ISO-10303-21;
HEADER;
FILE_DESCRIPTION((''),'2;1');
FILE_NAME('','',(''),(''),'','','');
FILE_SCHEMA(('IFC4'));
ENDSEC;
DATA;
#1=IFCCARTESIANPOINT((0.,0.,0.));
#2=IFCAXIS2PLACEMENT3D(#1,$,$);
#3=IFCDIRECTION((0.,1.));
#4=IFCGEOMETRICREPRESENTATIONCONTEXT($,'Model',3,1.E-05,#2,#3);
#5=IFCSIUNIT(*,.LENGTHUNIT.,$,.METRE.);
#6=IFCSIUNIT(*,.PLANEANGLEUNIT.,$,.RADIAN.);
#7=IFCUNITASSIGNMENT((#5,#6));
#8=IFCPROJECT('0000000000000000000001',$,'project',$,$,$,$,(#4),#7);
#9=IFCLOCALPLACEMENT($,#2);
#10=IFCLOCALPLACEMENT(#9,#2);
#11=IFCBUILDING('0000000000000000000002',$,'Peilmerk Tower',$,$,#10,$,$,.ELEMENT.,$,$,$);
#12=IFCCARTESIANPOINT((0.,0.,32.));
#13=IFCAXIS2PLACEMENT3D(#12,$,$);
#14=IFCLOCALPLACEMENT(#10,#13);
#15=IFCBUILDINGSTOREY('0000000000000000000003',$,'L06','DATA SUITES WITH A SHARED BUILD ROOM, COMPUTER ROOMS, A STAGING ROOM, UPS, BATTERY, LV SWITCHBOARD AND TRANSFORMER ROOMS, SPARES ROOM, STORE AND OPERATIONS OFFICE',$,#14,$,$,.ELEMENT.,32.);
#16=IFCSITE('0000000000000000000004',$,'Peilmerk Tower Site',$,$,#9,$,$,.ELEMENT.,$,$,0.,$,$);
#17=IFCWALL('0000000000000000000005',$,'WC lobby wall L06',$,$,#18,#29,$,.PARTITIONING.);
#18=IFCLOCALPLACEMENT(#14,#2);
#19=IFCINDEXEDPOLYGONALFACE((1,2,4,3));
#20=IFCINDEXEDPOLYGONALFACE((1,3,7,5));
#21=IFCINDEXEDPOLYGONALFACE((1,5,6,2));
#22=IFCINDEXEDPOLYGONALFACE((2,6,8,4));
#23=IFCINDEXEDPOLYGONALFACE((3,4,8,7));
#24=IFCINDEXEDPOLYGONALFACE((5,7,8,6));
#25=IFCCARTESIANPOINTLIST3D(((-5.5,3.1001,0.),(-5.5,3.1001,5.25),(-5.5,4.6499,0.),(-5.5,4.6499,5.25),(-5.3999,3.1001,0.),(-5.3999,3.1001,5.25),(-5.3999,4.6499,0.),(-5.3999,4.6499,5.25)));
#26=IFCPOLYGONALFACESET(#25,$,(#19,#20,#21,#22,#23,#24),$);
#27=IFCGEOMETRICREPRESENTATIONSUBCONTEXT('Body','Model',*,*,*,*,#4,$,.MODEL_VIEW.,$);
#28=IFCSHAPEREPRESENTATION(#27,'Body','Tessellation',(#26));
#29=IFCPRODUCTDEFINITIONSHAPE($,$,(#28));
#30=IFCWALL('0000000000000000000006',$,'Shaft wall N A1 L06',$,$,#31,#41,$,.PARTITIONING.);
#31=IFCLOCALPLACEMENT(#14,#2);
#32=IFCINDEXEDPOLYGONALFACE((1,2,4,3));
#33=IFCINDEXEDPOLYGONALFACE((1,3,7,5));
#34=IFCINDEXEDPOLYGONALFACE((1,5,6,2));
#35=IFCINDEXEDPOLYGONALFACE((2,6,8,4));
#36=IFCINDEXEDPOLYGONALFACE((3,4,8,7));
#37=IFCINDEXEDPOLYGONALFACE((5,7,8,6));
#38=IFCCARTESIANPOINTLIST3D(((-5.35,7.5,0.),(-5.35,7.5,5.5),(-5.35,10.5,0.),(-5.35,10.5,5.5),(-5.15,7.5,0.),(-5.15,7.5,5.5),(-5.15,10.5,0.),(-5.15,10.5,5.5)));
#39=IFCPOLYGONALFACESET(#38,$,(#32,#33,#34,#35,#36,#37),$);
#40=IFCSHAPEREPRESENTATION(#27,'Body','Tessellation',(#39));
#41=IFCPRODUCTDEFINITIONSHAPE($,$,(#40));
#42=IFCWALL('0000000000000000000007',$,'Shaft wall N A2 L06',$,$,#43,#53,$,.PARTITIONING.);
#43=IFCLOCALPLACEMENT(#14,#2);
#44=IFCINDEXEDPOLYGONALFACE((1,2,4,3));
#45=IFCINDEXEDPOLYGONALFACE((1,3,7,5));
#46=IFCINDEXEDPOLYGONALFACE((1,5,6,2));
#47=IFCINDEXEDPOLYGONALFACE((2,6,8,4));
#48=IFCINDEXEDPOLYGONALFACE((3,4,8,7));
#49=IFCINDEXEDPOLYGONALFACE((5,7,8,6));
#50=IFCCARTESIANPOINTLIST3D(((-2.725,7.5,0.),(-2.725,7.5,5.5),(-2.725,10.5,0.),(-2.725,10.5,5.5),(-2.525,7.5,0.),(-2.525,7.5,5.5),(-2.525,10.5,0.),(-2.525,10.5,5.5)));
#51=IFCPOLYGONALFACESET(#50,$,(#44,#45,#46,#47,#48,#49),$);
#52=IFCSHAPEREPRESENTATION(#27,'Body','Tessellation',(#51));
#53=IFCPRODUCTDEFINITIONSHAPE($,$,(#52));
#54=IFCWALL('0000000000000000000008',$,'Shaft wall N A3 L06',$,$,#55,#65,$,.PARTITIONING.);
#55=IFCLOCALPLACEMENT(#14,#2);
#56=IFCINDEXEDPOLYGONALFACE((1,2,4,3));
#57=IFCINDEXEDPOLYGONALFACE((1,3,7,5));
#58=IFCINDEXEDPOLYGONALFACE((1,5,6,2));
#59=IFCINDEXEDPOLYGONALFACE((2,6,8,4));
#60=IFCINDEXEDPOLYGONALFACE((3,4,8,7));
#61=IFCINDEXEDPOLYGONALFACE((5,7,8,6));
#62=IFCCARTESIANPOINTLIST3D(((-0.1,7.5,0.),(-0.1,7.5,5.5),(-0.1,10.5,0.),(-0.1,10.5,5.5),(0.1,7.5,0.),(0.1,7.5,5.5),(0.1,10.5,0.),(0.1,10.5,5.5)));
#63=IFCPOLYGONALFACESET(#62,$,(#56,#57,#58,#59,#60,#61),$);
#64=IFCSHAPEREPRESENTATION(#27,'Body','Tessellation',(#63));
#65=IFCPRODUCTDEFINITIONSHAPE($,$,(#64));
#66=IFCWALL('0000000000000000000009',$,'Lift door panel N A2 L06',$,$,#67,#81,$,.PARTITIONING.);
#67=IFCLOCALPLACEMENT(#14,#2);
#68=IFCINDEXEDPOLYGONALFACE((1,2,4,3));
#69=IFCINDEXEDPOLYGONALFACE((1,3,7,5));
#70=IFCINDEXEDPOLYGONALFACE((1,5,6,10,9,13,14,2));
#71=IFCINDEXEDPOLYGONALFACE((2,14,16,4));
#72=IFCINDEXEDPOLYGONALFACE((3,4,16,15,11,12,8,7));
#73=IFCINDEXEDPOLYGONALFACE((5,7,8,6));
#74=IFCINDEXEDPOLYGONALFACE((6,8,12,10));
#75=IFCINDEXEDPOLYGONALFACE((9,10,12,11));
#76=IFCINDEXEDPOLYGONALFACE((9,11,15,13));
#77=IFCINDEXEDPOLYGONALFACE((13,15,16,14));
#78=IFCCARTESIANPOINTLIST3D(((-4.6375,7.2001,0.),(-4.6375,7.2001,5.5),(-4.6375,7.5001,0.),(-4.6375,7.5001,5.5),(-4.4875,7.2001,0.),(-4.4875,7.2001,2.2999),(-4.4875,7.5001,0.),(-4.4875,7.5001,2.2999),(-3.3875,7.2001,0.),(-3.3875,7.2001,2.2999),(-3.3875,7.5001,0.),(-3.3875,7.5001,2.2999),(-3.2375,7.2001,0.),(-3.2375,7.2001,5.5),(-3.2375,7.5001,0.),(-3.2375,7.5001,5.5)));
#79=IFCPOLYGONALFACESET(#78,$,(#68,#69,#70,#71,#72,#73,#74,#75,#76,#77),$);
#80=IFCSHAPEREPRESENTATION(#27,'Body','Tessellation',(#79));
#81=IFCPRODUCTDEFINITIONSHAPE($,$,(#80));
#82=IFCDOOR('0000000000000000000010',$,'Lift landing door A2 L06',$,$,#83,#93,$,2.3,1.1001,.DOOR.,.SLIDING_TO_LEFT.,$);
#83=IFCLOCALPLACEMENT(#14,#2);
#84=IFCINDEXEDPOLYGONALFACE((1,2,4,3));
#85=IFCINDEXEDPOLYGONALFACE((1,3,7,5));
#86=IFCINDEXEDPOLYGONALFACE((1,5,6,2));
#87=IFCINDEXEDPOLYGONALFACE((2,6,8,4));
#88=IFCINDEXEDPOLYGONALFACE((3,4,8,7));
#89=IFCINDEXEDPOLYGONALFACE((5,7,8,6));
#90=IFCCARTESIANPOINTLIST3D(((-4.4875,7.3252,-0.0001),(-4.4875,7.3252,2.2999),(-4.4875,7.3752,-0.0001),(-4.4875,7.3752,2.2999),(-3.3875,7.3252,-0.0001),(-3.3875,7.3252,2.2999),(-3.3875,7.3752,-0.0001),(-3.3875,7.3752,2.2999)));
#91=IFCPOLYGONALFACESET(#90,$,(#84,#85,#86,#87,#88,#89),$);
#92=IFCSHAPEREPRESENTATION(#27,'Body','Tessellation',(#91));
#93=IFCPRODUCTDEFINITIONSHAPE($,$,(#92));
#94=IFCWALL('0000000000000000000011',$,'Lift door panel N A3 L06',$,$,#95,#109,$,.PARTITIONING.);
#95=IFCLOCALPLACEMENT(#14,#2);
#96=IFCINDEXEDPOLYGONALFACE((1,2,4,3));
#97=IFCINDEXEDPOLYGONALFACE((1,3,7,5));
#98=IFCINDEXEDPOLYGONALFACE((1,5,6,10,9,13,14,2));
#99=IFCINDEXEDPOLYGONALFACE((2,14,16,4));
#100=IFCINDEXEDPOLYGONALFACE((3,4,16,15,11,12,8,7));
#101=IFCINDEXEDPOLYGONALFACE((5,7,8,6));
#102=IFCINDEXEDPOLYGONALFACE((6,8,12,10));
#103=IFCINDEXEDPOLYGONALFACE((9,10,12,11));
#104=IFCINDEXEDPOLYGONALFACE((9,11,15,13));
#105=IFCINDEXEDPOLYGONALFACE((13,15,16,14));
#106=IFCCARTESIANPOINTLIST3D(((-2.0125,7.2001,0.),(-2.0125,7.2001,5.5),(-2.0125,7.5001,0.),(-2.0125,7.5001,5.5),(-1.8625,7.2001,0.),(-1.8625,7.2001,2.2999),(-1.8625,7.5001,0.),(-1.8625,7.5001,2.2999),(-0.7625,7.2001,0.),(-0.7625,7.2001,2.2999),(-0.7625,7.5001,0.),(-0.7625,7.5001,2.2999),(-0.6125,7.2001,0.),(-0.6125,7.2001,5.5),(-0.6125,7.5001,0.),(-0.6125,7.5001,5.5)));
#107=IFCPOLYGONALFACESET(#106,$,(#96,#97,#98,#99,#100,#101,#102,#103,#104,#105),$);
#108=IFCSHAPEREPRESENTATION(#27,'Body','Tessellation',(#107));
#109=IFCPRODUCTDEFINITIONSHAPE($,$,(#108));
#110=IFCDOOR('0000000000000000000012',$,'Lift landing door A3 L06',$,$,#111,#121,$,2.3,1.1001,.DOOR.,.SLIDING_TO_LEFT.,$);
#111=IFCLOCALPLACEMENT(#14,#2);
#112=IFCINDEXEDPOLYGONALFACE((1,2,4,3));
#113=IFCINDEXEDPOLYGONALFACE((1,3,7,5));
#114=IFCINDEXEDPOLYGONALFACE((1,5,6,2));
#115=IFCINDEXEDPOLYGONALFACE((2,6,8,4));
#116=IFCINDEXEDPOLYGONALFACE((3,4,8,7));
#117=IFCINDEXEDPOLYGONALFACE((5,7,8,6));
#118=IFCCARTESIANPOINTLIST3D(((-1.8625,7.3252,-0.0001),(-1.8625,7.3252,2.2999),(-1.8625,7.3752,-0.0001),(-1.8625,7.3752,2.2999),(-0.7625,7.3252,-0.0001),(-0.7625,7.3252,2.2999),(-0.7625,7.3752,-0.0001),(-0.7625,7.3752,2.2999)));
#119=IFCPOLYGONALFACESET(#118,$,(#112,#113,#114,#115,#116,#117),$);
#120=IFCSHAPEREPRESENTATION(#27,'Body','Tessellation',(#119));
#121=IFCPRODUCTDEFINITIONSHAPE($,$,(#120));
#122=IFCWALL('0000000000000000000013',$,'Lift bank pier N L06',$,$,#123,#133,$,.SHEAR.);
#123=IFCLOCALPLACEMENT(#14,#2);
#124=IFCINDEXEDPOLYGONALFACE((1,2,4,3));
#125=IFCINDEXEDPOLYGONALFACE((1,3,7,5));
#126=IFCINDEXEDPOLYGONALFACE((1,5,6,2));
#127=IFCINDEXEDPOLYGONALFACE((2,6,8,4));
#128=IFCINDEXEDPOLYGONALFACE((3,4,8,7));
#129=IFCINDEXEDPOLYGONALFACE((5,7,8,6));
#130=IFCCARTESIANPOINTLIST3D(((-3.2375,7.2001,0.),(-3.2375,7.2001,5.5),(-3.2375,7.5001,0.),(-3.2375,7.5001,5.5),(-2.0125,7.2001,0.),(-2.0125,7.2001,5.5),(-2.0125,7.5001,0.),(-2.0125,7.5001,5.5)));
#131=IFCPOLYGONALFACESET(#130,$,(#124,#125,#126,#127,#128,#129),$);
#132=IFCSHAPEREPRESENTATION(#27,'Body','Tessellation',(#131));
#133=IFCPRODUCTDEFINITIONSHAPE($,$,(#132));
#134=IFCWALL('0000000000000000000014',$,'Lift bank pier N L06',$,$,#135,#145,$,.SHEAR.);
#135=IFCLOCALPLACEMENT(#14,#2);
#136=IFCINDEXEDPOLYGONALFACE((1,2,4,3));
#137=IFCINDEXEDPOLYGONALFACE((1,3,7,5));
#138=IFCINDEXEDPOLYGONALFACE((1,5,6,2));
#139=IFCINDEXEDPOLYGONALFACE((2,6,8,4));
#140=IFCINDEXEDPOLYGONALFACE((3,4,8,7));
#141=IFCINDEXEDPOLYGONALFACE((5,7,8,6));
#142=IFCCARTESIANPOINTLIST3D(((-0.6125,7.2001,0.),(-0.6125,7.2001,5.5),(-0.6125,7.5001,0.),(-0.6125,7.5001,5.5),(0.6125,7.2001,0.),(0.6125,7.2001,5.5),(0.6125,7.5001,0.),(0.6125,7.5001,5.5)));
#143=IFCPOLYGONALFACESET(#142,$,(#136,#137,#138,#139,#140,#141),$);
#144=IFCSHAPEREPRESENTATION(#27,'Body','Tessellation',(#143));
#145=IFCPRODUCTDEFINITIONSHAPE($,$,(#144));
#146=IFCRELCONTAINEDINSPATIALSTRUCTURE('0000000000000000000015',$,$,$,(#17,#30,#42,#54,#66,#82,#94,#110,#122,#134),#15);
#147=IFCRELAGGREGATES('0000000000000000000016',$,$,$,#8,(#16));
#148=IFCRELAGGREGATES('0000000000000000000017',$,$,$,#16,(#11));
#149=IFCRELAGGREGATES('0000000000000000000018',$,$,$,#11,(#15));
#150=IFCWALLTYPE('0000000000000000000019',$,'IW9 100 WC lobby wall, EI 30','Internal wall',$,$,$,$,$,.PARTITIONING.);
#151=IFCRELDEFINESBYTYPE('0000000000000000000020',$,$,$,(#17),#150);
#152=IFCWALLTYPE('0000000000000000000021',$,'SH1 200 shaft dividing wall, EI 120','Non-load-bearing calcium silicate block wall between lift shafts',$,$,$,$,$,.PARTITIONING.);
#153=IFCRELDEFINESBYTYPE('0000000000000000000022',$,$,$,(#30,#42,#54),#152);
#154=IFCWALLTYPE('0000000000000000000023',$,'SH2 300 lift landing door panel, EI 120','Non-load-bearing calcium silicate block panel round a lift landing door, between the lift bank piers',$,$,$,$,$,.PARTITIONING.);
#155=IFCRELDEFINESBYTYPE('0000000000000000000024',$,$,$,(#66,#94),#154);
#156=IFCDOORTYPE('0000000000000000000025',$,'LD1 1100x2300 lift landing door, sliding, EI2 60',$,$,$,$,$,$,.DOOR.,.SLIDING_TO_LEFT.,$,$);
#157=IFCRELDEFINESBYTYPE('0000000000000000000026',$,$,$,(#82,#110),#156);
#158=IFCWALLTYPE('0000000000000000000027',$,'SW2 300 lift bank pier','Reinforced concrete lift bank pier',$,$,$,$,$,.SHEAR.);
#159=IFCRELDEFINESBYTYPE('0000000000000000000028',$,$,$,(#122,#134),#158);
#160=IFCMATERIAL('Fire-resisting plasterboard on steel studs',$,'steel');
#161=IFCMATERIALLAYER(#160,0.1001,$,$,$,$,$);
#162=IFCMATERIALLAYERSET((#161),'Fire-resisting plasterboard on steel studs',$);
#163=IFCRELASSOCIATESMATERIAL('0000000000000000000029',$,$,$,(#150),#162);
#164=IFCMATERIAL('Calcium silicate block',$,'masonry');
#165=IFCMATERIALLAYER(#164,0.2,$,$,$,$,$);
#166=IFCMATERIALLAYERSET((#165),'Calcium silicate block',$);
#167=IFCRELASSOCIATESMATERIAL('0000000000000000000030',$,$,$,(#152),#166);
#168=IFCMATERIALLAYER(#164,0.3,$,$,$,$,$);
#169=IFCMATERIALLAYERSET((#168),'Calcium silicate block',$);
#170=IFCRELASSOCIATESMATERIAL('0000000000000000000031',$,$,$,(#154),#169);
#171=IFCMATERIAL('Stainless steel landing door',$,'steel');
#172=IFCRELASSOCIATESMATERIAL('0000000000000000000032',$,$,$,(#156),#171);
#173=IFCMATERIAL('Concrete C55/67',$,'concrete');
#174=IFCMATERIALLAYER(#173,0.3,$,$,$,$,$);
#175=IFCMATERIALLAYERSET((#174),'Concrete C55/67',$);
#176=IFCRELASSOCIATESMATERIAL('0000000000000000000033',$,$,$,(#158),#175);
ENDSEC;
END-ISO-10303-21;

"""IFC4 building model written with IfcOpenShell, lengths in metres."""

from ifc_helpers import new_model, si_unit, direction, frame, frame_2d, origin, place, context, subcontext, project, spatial, rectangle, extrude, material, layer, layer_set, type_object, element, fill, save


model = new_model("IFC4")

# Units and contexts
model_context = context("Model", 3, precision=1e-05, world=origin(), true_north=direction((0.0, 1.0)))
body_context = subcontext(model_context, "Body", "Model", "MODEL_VIEW")
ifc_project = project(units=[si_unit("LENGTHUNIT", "METRE"), si_unit("PLANEANGLEUNIT", "RADIAN")], contexts=[model_context])

# Site, building, storey
site_placement = place(None, origin())
site = spatial("IfcSite", under=ifc_project, at=site_placement, Name="Peilmerk Tower Site", CompositionType="ELEMENT", RefElevation=0.0)
building_placement = place(site_placement, origin())
building = spatial("IfcBuilding", under=site, at=building_placement, Name="Peilmerk Tower", CompositionType="ELEMENT")
storey_placement = place(building_placement, frame((0.0, 0.0, 32.0)))
storey = spatial("IfcBuildingStorey", under=building, at=storey_placement, Name="L06", Description="DATA SUITES WITH A SHARED BUILD ROOM, COMPUTER ROOMS, A STAGING ROOM, UPS, BATTERY, LV SWITCHBOARD AND TRANSFORMER ROOMS, SPARES ROOM, STORE AND OPERATIONS OFFICE", CompositionType="ELEMENT", Elevation=32.0)

# Shared definitions
ifc_material_1 = material(Name="Concrete C55/67", Category="concrete")

# Shared definitions
ifc_material_2 = material(Name="Fire-resisting plasterboard on steel studs", Category="steel")
ifc_layer_1 = layer(ifc_material_2, 0.1001)
ifc_layer_set_1 = layer_set([ifc_layer_1], Name="Fire-resisting plasterboard on steel studs")
wall_type_1 = type_object("IfcWallType", Name="IW9 100 WC lobby wall, EI 30", Description="Internal wall", PredefinedType="PARTITIONING", material=ifc_layer_set_1)

# Walls
wall_1_placement = place(storey_placement, frame((-5.45, 3.1001, 0.0), z_axis=(0.0, 0.0, 1.0), x_axis=(0.0, 1.0, 0.0)))
element("IfcWall", 1, at=wall_1_placement, inside=storey, type_object=wall_type_1, Name="WC lobby wall L06", PredefinedType="PARTITIONING", context=body_context, shape_type="SweptSolid", body=[
    extrude(rectangle(XDim=1.5498, YDim=0.1001, at=frame_2d((0.7749, 0.0))), origin(), (0.0, 0.0, 1.0), 5.25),
])
ifc_material_3 = material(Name="Calcium silicate block", Category="masonry")
ifc_layer_2 = layer(ifc_material_3, 0.2)
ifc_layer_set_2 = layer_set([ifc_layer_2], Name="Calcium silicate block")
wall_type_2 = type_object("IfcWallType", Name="SH1 200 shaft dividing wall, EI 120", Description="Non-load-bearing calcium silicate block wall between lift shafts", PredefinedType="PARTITIONING", material=ifc_layer_set_2)
for number, where, z_axis, x_axis, name in (
    (2, (-5.25, 7.5, 0.0), (0.0, 0.0, 1.0), (0.0, 1.0, 0.0), "Shaft wall N A1 L06"),
    (3, (-2.625, 7.5, 0.0), (0.0, 0.0, 1.0), (0.0, 1.0, 0.0), "Shaft wall N A2 L06"),
    (4, (0.0, 7.5, 0.0), (0.0, 0.0, 1.0), (0.0, 1.0, 0.0), "Shaft wall N A3 L06"),
):
    element("IfcWall", number, at=place(storey_placement, frame(where, z_axis=z_axis, x_axis=x_axis)), inside=storey, type_object=wall_type_2, Name=name, PredefinedType="PARTITIONING", context=body_context, shape_type="SweptSolid", body=[
        extrude(rectangle(XDim=3.0, YDim=0.2, at=frame_2d((1.5, 0.0))), origin(), (0.0, 0.0, 1.0), 5.5),
    ])

# Walls, openings, doors
ifc_layer_3 = layer(ifc_material_3, 0.3)
ifc_layer_set_3 = layer_set([ifc_layer_3], Name="Calcium silicate block")
wall_type_3 = type_object("IfcWallType", Name="SH2 300 lift landing door panel, EI 120", Description="Non-load-bearing calcium silicate block panel round a lift landing door, between the lift bank piers", PredefinedType="PARTITIONING", material=ifc_layer_set_3)
wall_2_placement = place(storey_placement, frame((-4.6375, 7.3501, 0.0), z_axis=(0.0, 0.0, 1.0), x_axis=(1.0, 0.0, 0.0)))
wall_2 = element("IfcWall", 5, at=wall_2_placement, inside=storey, type_object=wall_type_3, Name="Lift door panel N A2 L06", PredefinedType="PARTITIONING", context=body_context, shape_type="SweptSolid", body=[
    extrude(rectangle(XDim=1.3999, YDim=0.3, at=frame_2d((0.7, 0.0))), origin(), (0.0, 0.0, 1.0), 5.5),
])
opening_1_placement = place(wall_2_placement, frame((0.1499, 0.0, 0.0)))
opening_1 = element("IfcOpeningElement", 6, at=opening_1_placement, cuts=wall_2, PredefinedType="OPENING", context=body_context, shape_type="SweptSolid", body=[
    extrude(rectangle(XDim=1.1001, YDim=2.3, at=frame_2d((0.55, 1.1499))), frame((0.0, 0.1599, 0.0), z_axis=(0.0, -1.0, 0.0), x_axis=(1.0, 0.0, 0.0)), (0.0, 0.0, 1.0), 0.3201),
])
ifc_material_4 = material(Name="Stainless steel landing door", Category="steel")
door_type_1 = type_object("IfcDoorType", Name="LD1 1100x2300 lift landing door, sliding, EI2 60", OperationType="SLIDING_TO_LEFT", PredefinedType="DOOR", material=ifc_material_4)
door_1_placement = place(opening_1_placement, frame((1.1001, 0.0, 0.0), z_axis=(0.0, 0.0, 1.0), x_axis=(-1.0, 0.0, 0.0)))
door_1 = element("IfcDoor", 7, at=door_1_placement, inside=storey, type_object=door_type_1, Name="Lift landing door A2 L06", OperationType="SLIDING_TO_LEFT", OverallHeight=2.3, OverallWidth=1.1001, PredefinedType="DOOR", context=body_context, shape_type="SweptSolid", body=[
    extrude(rectangle(XDim=1.1001, YDim=2.3, at=frame_2d((0.55, 1.1499))), frame((0.0, 0.0249, 0.0), z_axis=(0.0, -1.0, 0.0), x_axis=(1.0, 0.0, 0.0)), (0.0, 0.0, 1.0), 0.05),
])
fill(opening_1, door_1)
wall_3_placement = place(storey_placement, frame((-2.0125, 7.3501, 0.0), z_axis=(0.0, 0.0, 1.0), x_axis=(1.0, 0.0, 0.0)))
wall_3 = element("IfcWall", 8, at=wall_3_placement, inside=storey, type_object=wall_type_3, Name="Lift door panel N A3 L06", PredefinedType="PARTITIONING", context=body_context, shape_type="SweptSolid", body=[
    extrude(rectangle(XDim=1.3999, YDim=0.3, at=frame_2d((0.7, 0.0))), origin(), (0.0, 0.0, 1.0), 5.5),
])
opening_2_placement = place(wall_3_placement, frame((0.1499, 0.0, 0.0)))
opening_2 = element("IfcOpeningElement", 9, at=opening_2_placement, cuts=wall_3, PredefinedType="OPENING", context=body_context, shape_type="SweptSolid", body=[
    extrude(rectangle(XDim=1.1001, YDim=2.3, at=frame_2d((0.55, 1.1499))), frame((0.0, 0.1599, 0.0), z_axis=(0.0, -1.0, 0.0), x_axis=(1.0, 0.0, 0.0)), (0.0, 0.0, 1.0), 0.3201),
])
door_2_placement = place(opening_2_placement, frame((1.1001, 0.0, 0.0), z_axis=(0.0, 0.0, 1.0), x_axis=(-1.0, 0.0, 0.0)))
door_2 = element("IfcDoor", 10, at=door_2_placement, inside=storey, type_object=door_type_1, Name="Lift landing door A3 L06", OperationType="SLIDING_TO_LEFT", OverallHeight=2.3, OverallWidth=1.1001, PredefinedType="DOOR", context=body_context, shape_type="SweptSolid", body=[
    extrude(rectangle(XDim=1.1001, YDim=2.3, at=frame_2d((0.55, 1.1499))), frame((0.0, 0.0249, 0.0), z_axis=(0.0, -1.0, 0.0), x_axis=(1.0, 0.0, 0.0)), (0.0, 0.0, 1.0), 0.05),
])
fill(opening_2, door_2)

# Walls
ifc_layer_4 = layer(ifc_material_1, 0.3)
ifc_layer_set_4 = layer_set([ifc_layer_4], Name="Concrete C55/67")
wall_type_4 = type_object("IfcWallType", Name="SW2 300 lift bank pier", Description="Reinforced concrete lift bank pier", PredefinedType="SHEAR", material=ifc_layer_set_4)
for number, where, z_axis, x_axis, name in (
    (11, (-3.2375, 7.3501, 0.0), (0.0, 0.0, 1.0), (1.0, 0.0, 0.0), "Lift bank pier N L06"),
    (12, (-0.6125, 7.3501, 0.0), (0.0, 0.0, 1.0), (1.0, 0.0, 0.0), "Lift bank pier N L06"),
):
    element("IfcWall", number, at=place(storey_placement, frame(where, z_axis=z_axis, x_axis=x_axis)), inside=storey, type_object=wall_type_4, Name=name, PredefinedType="SHEAR", context=body_context, shape_type="SweptSolid", body=[
        extrude(rectangle(XDim=1.2251, YDim=0.3, at=frame_2d((0.6125, 0.0))), origin(), (0.0, 0.0, 1.0), 5.5),
    ])

save(model, "model.ifc")
